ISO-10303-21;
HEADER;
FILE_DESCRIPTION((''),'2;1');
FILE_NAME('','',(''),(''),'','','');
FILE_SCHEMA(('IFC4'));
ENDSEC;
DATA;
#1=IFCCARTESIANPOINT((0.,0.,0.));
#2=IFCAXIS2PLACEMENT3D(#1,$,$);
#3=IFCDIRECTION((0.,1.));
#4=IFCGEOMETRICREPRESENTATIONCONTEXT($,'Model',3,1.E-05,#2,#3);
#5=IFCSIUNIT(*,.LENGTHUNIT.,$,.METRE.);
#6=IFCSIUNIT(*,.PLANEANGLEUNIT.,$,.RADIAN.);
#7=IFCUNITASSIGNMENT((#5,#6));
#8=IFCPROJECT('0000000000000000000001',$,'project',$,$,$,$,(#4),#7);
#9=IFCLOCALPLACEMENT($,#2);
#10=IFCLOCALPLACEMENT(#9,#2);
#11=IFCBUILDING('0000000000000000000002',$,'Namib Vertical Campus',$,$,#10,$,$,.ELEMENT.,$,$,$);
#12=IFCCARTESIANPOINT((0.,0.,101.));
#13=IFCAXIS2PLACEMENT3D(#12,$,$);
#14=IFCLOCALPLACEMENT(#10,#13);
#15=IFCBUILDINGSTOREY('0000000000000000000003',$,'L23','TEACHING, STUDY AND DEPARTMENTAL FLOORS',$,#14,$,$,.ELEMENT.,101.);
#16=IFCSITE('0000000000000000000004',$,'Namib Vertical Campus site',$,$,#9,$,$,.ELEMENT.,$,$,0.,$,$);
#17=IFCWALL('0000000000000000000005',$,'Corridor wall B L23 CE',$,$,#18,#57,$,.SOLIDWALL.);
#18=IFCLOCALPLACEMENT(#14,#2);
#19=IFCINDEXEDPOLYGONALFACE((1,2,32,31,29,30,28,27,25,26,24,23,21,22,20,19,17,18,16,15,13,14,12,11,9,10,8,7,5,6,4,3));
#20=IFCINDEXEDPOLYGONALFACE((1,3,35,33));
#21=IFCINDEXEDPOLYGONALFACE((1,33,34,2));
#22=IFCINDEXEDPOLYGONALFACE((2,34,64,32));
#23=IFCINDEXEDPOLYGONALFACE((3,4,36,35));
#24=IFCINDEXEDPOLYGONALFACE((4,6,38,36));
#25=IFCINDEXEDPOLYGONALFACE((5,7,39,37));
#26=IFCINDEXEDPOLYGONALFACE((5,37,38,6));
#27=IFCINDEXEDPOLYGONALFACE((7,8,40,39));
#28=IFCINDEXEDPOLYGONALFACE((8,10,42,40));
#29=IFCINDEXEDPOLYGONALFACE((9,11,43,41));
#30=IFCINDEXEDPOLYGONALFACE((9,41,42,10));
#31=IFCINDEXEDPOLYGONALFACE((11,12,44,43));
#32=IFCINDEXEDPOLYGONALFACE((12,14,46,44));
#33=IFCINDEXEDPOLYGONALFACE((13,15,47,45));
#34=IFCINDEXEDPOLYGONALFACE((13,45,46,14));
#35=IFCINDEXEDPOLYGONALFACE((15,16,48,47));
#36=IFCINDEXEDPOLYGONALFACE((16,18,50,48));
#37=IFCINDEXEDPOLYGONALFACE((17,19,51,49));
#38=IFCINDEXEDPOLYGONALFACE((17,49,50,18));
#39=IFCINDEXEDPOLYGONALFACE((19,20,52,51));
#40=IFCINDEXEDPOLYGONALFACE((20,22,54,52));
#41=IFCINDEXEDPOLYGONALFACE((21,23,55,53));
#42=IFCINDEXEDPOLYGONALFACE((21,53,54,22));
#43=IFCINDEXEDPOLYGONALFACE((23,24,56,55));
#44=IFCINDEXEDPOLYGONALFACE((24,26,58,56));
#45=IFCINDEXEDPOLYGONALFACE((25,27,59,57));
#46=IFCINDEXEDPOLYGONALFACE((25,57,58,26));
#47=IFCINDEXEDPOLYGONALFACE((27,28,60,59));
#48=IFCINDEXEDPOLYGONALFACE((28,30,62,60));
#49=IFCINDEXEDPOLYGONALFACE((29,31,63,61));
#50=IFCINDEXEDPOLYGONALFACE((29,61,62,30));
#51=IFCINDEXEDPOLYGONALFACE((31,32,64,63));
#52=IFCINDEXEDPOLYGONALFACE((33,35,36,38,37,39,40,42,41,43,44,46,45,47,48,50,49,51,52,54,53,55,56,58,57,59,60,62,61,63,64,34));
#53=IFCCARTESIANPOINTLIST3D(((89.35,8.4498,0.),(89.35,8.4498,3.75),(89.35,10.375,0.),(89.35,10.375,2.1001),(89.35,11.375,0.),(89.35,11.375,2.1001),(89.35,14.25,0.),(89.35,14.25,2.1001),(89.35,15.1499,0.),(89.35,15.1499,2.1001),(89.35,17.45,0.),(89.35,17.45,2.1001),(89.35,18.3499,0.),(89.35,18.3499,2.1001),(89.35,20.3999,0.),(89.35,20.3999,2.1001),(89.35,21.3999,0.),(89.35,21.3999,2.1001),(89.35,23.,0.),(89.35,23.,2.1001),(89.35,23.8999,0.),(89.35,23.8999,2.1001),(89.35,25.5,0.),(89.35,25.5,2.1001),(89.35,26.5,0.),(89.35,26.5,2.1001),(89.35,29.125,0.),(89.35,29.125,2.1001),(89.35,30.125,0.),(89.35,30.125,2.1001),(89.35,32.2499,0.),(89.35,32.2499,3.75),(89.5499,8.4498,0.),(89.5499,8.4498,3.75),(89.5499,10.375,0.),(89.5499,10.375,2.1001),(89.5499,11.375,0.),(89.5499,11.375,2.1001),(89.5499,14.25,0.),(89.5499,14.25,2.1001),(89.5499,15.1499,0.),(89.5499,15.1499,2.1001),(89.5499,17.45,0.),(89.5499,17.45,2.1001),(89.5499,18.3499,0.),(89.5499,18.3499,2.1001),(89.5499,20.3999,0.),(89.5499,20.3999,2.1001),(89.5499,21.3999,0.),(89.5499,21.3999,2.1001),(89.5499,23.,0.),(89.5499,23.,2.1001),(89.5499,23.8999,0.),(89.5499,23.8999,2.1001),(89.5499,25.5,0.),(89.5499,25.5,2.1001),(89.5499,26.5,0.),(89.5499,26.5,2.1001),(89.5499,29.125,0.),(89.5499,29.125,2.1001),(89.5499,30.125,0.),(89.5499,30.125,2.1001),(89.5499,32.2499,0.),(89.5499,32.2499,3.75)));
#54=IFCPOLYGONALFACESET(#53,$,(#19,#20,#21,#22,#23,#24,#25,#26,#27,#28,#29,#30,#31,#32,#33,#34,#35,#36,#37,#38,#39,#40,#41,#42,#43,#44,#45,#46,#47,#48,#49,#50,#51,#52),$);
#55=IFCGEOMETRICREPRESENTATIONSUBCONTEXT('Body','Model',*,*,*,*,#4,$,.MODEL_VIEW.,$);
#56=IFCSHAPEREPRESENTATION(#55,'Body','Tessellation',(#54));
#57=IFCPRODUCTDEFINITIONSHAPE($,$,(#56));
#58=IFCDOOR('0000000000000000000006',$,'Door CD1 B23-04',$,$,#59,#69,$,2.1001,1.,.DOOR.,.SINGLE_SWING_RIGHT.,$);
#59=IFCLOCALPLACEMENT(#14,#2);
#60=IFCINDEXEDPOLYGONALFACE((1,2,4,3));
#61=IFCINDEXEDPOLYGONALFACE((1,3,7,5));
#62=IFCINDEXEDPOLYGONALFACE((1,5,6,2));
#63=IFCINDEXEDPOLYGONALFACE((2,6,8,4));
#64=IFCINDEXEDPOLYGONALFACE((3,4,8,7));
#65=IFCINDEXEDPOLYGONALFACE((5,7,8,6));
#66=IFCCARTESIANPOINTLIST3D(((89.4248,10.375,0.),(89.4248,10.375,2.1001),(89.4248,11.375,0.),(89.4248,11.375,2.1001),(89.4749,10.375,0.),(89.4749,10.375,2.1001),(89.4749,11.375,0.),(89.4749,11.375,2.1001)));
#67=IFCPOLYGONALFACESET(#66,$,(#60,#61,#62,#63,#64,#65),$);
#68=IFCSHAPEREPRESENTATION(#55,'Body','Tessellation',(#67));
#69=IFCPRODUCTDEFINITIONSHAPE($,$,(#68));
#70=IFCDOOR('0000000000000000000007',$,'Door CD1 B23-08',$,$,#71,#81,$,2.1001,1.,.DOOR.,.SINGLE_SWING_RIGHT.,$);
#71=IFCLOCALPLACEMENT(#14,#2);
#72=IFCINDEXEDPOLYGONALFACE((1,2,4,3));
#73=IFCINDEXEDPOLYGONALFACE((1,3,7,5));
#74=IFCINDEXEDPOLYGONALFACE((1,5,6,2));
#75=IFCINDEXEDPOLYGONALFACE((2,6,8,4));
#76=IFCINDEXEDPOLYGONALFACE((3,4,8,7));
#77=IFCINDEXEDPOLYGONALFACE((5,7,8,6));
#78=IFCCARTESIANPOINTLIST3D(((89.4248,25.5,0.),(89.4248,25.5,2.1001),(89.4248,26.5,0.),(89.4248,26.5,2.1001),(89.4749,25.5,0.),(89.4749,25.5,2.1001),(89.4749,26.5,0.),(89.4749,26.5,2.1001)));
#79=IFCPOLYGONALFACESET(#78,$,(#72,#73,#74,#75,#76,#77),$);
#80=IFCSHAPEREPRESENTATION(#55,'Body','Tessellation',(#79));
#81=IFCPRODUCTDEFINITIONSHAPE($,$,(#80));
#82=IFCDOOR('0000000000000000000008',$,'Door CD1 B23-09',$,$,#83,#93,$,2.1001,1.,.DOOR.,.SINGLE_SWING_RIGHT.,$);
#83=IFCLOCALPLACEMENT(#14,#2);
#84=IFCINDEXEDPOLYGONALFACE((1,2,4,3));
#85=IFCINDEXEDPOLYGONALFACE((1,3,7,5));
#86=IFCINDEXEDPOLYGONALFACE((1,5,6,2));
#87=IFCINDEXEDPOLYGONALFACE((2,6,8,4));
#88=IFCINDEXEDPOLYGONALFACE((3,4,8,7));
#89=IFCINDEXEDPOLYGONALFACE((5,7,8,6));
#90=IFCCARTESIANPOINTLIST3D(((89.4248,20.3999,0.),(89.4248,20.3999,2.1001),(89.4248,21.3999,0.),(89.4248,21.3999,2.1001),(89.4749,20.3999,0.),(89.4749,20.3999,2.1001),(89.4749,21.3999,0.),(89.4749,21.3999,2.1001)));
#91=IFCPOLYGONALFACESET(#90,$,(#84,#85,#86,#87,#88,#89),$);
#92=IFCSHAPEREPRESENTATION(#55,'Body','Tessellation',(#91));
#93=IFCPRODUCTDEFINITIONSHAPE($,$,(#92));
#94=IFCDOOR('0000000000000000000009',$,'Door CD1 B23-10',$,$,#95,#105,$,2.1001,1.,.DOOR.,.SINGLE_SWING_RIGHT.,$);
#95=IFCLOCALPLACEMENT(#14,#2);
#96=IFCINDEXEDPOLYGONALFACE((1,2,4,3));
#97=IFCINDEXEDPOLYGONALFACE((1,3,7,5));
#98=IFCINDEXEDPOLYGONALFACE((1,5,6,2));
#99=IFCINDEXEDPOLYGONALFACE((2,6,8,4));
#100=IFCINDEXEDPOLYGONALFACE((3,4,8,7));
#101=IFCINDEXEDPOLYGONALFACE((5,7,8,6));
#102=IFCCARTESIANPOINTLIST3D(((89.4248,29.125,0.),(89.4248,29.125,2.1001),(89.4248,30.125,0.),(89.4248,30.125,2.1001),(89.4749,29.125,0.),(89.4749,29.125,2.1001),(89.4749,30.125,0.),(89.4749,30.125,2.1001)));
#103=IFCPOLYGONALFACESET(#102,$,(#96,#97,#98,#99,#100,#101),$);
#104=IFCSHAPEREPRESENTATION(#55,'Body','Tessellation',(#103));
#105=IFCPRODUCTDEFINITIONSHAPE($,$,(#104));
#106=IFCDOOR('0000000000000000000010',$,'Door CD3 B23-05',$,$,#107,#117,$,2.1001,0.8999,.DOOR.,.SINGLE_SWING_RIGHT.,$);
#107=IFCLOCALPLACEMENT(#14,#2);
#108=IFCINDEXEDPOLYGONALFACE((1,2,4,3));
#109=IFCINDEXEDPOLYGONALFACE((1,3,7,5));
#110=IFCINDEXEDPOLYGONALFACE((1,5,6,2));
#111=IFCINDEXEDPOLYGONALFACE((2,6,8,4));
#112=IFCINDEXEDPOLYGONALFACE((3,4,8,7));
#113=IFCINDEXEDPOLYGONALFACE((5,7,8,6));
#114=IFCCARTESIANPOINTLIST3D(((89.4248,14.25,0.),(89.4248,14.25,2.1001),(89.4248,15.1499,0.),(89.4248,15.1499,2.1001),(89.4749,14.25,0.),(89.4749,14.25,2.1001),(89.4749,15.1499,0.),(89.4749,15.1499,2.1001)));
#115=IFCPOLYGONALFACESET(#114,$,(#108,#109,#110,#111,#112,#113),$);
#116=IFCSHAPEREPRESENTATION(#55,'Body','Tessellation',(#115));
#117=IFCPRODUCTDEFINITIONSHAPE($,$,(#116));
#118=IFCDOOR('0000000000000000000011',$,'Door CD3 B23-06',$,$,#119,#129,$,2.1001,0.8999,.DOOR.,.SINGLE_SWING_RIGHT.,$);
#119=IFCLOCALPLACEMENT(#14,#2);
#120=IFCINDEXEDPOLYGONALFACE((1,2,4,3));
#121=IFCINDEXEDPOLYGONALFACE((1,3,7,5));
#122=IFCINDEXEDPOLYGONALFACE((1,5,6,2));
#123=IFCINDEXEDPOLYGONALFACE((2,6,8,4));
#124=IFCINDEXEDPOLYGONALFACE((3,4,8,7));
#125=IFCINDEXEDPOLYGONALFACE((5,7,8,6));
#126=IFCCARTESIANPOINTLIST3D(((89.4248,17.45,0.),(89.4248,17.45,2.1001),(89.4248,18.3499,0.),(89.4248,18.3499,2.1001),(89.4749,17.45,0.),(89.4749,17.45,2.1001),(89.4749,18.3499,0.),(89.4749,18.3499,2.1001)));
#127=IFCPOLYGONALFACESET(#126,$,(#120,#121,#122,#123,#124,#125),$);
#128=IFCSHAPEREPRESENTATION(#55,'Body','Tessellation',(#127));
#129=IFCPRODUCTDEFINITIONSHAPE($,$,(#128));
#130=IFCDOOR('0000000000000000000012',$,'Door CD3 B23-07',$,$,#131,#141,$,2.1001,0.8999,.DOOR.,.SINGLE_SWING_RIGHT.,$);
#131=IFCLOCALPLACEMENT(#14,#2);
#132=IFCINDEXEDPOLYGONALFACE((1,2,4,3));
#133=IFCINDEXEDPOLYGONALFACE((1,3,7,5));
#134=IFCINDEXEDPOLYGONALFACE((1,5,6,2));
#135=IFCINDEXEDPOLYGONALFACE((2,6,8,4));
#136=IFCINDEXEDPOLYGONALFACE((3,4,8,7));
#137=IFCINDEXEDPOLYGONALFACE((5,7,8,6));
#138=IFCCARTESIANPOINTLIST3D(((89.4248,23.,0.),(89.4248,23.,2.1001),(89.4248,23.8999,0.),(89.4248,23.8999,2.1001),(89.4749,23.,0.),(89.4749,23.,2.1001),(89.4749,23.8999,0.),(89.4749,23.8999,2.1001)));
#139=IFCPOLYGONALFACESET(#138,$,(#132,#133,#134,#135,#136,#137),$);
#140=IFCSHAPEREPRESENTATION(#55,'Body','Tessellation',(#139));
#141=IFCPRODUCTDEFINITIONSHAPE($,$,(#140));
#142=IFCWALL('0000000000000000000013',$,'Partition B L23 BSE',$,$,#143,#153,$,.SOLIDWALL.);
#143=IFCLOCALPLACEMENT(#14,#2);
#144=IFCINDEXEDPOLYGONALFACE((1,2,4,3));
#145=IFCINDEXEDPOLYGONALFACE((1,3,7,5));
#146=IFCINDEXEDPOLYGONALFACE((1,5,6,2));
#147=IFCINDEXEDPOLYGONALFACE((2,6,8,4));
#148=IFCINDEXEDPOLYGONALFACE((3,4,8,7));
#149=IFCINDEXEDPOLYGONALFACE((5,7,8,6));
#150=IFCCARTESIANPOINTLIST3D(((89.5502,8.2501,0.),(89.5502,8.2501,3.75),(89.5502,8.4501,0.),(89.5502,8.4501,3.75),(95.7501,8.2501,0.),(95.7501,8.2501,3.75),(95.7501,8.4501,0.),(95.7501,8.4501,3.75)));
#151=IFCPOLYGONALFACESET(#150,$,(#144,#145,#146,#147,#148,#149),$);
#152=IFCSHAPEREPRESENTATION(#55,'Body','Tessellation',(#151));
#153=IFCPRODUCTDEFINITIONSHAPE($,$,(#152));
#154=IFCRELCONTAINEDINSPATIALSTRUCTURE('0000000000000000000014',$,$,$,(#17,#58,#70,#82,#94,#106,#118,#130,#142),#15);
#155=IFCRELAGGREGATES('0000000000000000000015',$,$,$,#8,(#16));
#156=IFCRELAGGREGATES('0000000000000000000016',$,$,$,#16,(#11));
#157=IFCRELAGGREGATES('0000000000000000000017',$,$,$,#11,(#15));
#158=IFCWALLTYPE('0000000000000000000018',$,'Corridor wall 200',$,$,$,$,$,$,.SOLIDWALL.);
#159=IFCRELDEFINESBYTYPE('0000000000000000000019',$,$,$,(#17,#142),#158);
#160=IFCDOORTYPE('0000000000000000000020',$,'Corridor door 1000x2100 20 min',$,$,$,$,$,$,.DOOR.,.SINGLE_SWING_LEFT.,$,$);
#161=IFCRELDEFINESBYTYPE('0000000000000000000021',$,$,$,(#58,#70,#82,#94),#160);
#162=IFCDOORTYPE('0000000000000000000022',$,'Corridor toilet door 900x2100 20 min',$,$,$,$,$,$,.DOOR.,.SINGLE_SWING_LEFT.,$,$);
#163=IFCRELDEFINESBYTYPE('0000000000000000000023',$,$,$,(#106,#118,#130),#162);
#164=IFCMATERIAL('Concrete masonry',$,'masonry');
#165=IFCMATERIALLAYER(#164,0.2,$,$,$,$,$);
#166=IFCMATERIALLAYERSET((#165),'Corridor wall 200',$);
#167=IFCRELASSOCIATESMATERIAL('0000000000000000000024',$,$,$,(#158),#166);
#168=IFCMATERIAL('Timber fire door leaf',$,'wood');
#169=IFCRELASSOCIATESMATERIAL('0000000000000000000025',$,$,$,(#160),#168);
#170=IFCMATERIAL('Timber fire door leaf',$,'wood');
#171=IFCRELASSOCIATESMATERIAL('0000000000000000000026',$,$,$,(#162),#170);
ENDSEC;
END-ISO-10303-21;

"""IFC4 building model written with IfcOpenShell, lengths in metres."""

from ifc_helpers import new_model, si_unit, direction, frame, frame_2d, origin, place, context, subcontext, project, spatial, rectangle, extrude, material, layer, layer_set, type_object, element, fill, save


model = new_model("IFC4")

# Units and contexts
model_context = context("Model", 3, precision=1e-05, world=origin(), true_north=direction((0.0, 1.0)))
body_context = subcontext(model_context, "Body", "Model", "MODEL_VIEW")
ifc_project = project(units=[si_unit("LENGTHUNIT", "METRE"), si_unit("PLANEANGLEUNIT", "RADIAN")], contexts=[model_context])

# Site, building, storey
site_placement = place(None, origin())
site = spatial("IfcSite", under=ifc_project, at=site_placement, Name="Namib Vertical Campus site", CompositionType="ELEMENT", RefElevation=0.0)
building_placement = place(site_placement, origin())
building = spatial("IfcBuilding", under=site, at=building_placement, Name="Namib Vertical Campus", CompositionType="ELEMENT")
storey_placement = place(building_placement, frame((0.0, 0.0, 101.0)))
storey = spatial("IfcBuildingStorey", under=building, at=storey_placement, Name="L23", Description="TEACHING, STUDY AND DEPARTMENTAL FLOORS", CompositionType="ELEMENT", Elevation=101.0)

# Wall, openings, doors
ifc_material_1 = material(Name="Concrete masonry", Category="masonry")
ifc_layer_1 = layer(ifc_material_1, 0.2)
ifc_layer_set_1 = layer_set([ifc_layer_1], Name="Corridor wall 200")
wall_type_1 = type_object("IfcWallType", Name="Corridor wall 200", PredefinedType="SOLIDWALL", material=ifc_layer_set_1)
wall_1_placement = place(storey_placement, frame((89.45, 8.45, 0.0), z_axis=(0.0, 0.0, 1.0), x_axis=(0.0, 1.0, 0.0)))
wall_1 = element("IfcWall", 1, at=wall_1_placement, inside=storey, type_object=wall_type_1, Name="Corridor wall B L23 CE", PredefinedType="SOLIDWALL", context=body_context, shape_type="SweptSolid", body=[
    extrude(rectangle(XDim=23.8, YDim=0.2, at=frame_2d((11.8999, 0.0))), origin(), (0.0, 0.0, 1.0), 3.75),
])
opening_1_placement = place(wall_1_placement, frame((1.925, 0.0, 0.0)))
opening_1 = element("IfcOpeningElement", 2, at=opening_1_placement, cuts=wall_1, PredefinedType="OPENING", context=body_context, shape_type="SweptSolid", body=[
    extrude(rectangle(XDim=1.0, YDim=2.1001, at=frame_2d((0.5, 1.05))), frame((0.0, 0.1099, 0.0), z_axis=(0.0, -1.0, 0.0), x_axis=(1.0, 0.0, 0.0)), (0.0, 0.0, 1.0), 0.22),
])
opening_2_placement = place(wall_1_placement, frame((5.8, 0.0, 0.0)))
opening_2 = element("IfcOpeningElement", 3, at=opening_2_placement, cuts=wall_1, PredefinedType="OPENING", context=body_context, shape_type="SweptSolid", body=[
    extrude(rectangle(XDim=0.8999, YDim=2.1001, at=frame_2d((0.45, 1.05))), frame((0.0, 0.1099, 0.0), z_axis=(0.0, -1.0, 0.0), x_axis=(1.0, 0.0, 0.0)), (0.0, 0.0, 1.0), 0.22),
])
opening_3_placement = place(wall_1_placement, frame((9.0, 0.0, 0.0)))
opening_3 = element("IfcOpeningElement", 4, at=opening_3_placement, cuts=wall_1, PredefinedType="OPENING", context=body_context, shape_type="SweptSolid", body=[
    extrude(rectangle(XDim=0.8999, YDim=2.1001, at=frame_2d((0.45, 1.05))), frame((0.0, 0.1099, 0.0), z_axis=(0.0, -1.0, 0.0), x_axis=(1.0, 0.0, 0.0)), (0.0, 0.0, 1.0), 0.22),
])
opening_4_placement = place(wall_1_placement, frame((14.55, 0.0, 0.0)))
opening_4 = element("IfcOpeningElement", 5, at=opening_4_placement, cuts=wall_1, PredefinedType="OPENING", context=body_context, shape_type="SweptSolid", body=[
    extrude(rectangle(XDim=0.8999, YDim=2.1001, at=frame_2d((0.45, 1.05))), frame((0.0, 0.1099, 0.0), z_axis=(0.0, -1.0, 0.0), x_axis=(1.0, 0.0, 0.0)), (0.0, 0.0, 1.0), 0.22),
])
opening_5_placement = place(wall_1_placement, frame((17.05, 0.0, 0.0)))
opening_5 = element("IfcOpeningElement", 6, at=opening_5_placement, cuts=wall_1, PredefinedType="OPENING", context=body_context, shape_type="SweptSolid", body=[
    extrude(rectangle(XDim=1.0, YDim=2.1001, at=frame_2d((0.5, 1.05))), frame((0.0, 0.1099, 0.0), z_axis=(0.0, -1.0, 0.0), x_axis=(1.0, 0.0, 0.0)), (0.0, 0.0, 1.0), 0.22),
])
opening_6_placement = place(wall_1_placement, frame((11.95, 0.0, 0.0)))
opening_6 = element("IfcOpeningElement", 7, at=opening_6_placement, cuts=wall_1, PredefinedType="OPENING", context=body_context, shape_type="SweptSolid", body=[
    extrude(rectangle(XDim=1.0, YDim=2.1001, at=frame_2d((0.5, 1.05))), frame((0.0, 0.1099, 0.0), z_axis=(0.0, -1.0, 0.0), x_axis=(1.0, 0.0, 0.0)), (0.0, 0.0, 1.0), 0.22),
])
opening_7_placement = place(wall_1_placement, frame((20.675, 0.0, 0.0)))
opening_7 = element("IfcOpeningElement", 8, at=opening_7_placement, cuts=wall_1, PredefinedType="OPENING", context=body_context, shape_type="SweptSolid", body=[
    extrude(rectangle(XDim=1.0, YDim=2.1001, at=frame_2d((0.5, 1.05))), frame((0.0, 0.1099, 0.0), z_axis=(0.0, -1.0, 0.0), x_axis=(1.0, 0.0, 0.0)), (0.0, 0.0, 1.0), 0.22),
])
ifc_material_2 = material(Name="Timber fire door leaf", Category="wood")
door_type_1 = type_object("IfcDoorType", Name="Corridor door 1000x2100 20 min", OperationType="SINGLE_SWING_LEFT", PredefinedType="DOOR", material=ifc_material_2)
door_1_placement = place(opening_1_placement, frame((1.0, 0.0, 0.0), z_axis=(0.0, 0.0, 1.0), x_axis=(-1.0, 0.0, 0.0)))
door_1 = element("IfcDoor", 9, at=door_1_placement, inside=storey, type_object=door_type_1, Name="Door CD1 B23-04", OperationType="SINGLE_SWING_RIGHT", OverallHeight=2.1001, OverallWidth=1.0, PredefinedType="DOOR", context=body_context, shape_type="SweptSolid", body=[
    extrude(rectangle(XDim=1.0, YDim=2.1001, at=frame_2d((0.5, 1.05))), frame((0.0, 0.0249, 0.0), z_axis=(0.0, -1.0, 0.0), x_axis=(1.0, 0.0, 0.0)), (0.0, 0.0, 1.0), 0.05),
])
fill(opening_1, door_1)
door_2_placement = place(opening_5_placement, frame((1.0, 0.0, 0.0), z_axis=(0.0, 0.0, 1.0), x_axis=(-1.0, 0.0, 0.0)))
door_2 = element("IfcDoor", 10, at=door_2_placement, inside=storey, type_object=door_type_1, Name="Door CD1 B23-08", OperationType="SINGLE_SWING_RIGHT", OverallHeight=2.1001, OverallWidth=1.0, PredefinedType="DOOR", context=body_context, shape_type="SweptSolid", body=[
    extrude(rectangle(XDim=1.0, YDim=2.1001, at=frame_2d((0.5, 1.05))), frame((0.0, 0.0249, 0.0), z_axis=(0.0, -1.0, 0.0), x_axis=(1.0, 0.0, 0.0)), (0.0, 0.0, 1.0), 0.05),
])
fill(opening_5, door_2)
door_3_placement = place(opening_6_placement, frame((1.0, 0.0, 0.0), z_axis=(0.0, 0.0, 1.0), x_axis=(-1.0, 0.0, 0.0)))
door_3 = element("IfcDoor", 11, at=door_3_placement, inside=storey, type_object=door_type_1, Name="Door CD1 B23-09", OperationType="SINGLE_SWING_RIGHT", OverallHeight=2.1001, OverallWidth=1.0, PredefinedType="DOOR", context=body_context, shape_type="SweptSolid", body=[
    extrude(rectangle(XDim=1.0, YDim=2.1001, at=frame_2d((0.5, 1.05))), frame((0.0, 0.0249, 0.0), z_axis=(0.0, -1.0, 0.0), x_axis=(1.0, 0.0, 0.0)), (0.0, 0.0, 1.0), 0.05),
])
fill(opening_6, door_3)
door_4_placement = place(opening_7_placement, frame((1.0, 0.0, 0.0), z_axis=(0.0, 0.0, 1.0), x_axis=(-1.0, 0.0, 0.0)))
door_4 = element("IfcDoor", 12, at=door_4_placement, inside=storey, type_object=door_type_1, Name="Door CD1 B23-10", OperationType="SINGLE_SWING_RIGHT", OverallHeight=2.1001, OverallWidth=1.0, PredefinedType="DOOR", context=body_context, shape_type="SweptSolid", body=[
    extrude(rectangle(XDim=1.0, YDim=2.1001, at=frame_2d((0.5, 1.05))), frame((0.0, 0.0249, 0.0), z_axis=(0.0, -1.0, 0.0), x_axis=(1.0, 0.0, 0.0)), (0.0, 0.0, 1.0), 0.05),
])
fill(opening_7, door_4)
ifc_material_3 = material(Name="Timber fire door leaf", Category="wood")
door_type_2 = type_object("IfcDoorType", Name="Corridor toilet door 900x2100 20 min", OperationType="SINGLE_SWING_LEFT", PredefinedType="DOOR", material=ifc_material_3)
door_5_placement = place(opening_2_placement, frame((0.8999, 0.0, 0.0), z_axis=(0.0, 0.0, 1.0), x_axis=(-1.0, 0.0, 0.0)))
door_5 = element("IfcDoor", 13, at=door_5_placement, inside=storey, type_object=door_type_2, Name="Door CD3 B23-05", OperationType="SINGLE_SWING_RIGHT", OverallHeight=2.1001, OverallWidth=0.8999, PredefinedType="DOOR", context=body_context, shape_type="SweptSolid", body=[
    extrude(rectangle(XDim=0.8999, YDim=2.1001, at=frame_2d((0.45, 1.05))), frame((0.0, 0.0249, 0.0), z_axis=(0.0, -1.0, 0.0), x_axis=(1.0, 0.0, 0.0)), (0.0, 0.0, 1.0), 0.05),
])
fill(opening_2, door_5)
door_6_placement = place(opening_3_placement, frame((0.8999, 0.0, 0.0), z_axis=(0.0, 0.0, 1.0), x_axis=(-1.0, 0.0, 0.0)))
door_6 = element("IfcDoor", 14, at=door_6_placement, inside=storey, type_object=door_type_2, Name="Door CD3 B23-06", OperationType="SINGLE_SWING_RIGHT", OverallHeight=2.1001, OverallWidth=0.8999, PredefinedType="DOOR", context=body_context, shape_type="SweptSolid", body=[
    extrude(rectangle(XDim=0.8999, YDim=2.1001, at=frame_2d((0.45, 1.05))), frame((0.0, 0.0249, 0.0), z_axis=(0.0, -1.0, 0.0), x_axis=(1.0, 0.0, 0.0)), (0.0, 0.0, 1.0), 0.05),
])
fill(opening_3, door_6)
door_7_placement = place(opening_4_placement, frame((0.8999, 0.0, 0.0), z_axis=(0.0, 0.0, 1.0), x_axis=(-1.0, 0.0, 0.0)))
door_7 = element("IfcDoor", 15, at=door_7_placement, inside=storey, type_object=door_type_2, Name="Door CD3 B23-07", OperationType="SINGLE_SWING_RIGHT", OverallHeight=2.1001, OverallWidth=0.8999, PredefinedType="DOOR", context=body_context, shape_type="SweptSolid", body=[
    extrude(rectangle(XDim=0.8999, YDim=2.1001, at=frame_2d((0.45, 1.05))), frame((0.0, 0.0249, 0.0), z_axis=(0.0, -1.0, 0.0), x_axis=(1.0, 0.0, 0.0)), (0.0, 0.0, 1.0), 0.05),
])
fill(opening_4, door_7)

# Wall
wall_2_placement = place(storey_placement, frame((89.55, 8.3501, 0.0), z_axis=(0.0, 0.0, 1.0), x_axis=(1.0, 0.0, 0.0)))
element("IfcWall", 16, at=wall_2_placement, inside=storey, type_object=wall_type_1, Name="Partition B L23 BSE", PredefinedType="SOLIDWALL", context=body_context, shape_type="SweptSolid", body=[
    extrude(rectangle(XDim=6.2, YDim=0.2, at=frame_2d((3.1001, 0.0))), origin(), (0.0, 0.0, 1.0), 3.75),
])

save(model, "model.ifc")
